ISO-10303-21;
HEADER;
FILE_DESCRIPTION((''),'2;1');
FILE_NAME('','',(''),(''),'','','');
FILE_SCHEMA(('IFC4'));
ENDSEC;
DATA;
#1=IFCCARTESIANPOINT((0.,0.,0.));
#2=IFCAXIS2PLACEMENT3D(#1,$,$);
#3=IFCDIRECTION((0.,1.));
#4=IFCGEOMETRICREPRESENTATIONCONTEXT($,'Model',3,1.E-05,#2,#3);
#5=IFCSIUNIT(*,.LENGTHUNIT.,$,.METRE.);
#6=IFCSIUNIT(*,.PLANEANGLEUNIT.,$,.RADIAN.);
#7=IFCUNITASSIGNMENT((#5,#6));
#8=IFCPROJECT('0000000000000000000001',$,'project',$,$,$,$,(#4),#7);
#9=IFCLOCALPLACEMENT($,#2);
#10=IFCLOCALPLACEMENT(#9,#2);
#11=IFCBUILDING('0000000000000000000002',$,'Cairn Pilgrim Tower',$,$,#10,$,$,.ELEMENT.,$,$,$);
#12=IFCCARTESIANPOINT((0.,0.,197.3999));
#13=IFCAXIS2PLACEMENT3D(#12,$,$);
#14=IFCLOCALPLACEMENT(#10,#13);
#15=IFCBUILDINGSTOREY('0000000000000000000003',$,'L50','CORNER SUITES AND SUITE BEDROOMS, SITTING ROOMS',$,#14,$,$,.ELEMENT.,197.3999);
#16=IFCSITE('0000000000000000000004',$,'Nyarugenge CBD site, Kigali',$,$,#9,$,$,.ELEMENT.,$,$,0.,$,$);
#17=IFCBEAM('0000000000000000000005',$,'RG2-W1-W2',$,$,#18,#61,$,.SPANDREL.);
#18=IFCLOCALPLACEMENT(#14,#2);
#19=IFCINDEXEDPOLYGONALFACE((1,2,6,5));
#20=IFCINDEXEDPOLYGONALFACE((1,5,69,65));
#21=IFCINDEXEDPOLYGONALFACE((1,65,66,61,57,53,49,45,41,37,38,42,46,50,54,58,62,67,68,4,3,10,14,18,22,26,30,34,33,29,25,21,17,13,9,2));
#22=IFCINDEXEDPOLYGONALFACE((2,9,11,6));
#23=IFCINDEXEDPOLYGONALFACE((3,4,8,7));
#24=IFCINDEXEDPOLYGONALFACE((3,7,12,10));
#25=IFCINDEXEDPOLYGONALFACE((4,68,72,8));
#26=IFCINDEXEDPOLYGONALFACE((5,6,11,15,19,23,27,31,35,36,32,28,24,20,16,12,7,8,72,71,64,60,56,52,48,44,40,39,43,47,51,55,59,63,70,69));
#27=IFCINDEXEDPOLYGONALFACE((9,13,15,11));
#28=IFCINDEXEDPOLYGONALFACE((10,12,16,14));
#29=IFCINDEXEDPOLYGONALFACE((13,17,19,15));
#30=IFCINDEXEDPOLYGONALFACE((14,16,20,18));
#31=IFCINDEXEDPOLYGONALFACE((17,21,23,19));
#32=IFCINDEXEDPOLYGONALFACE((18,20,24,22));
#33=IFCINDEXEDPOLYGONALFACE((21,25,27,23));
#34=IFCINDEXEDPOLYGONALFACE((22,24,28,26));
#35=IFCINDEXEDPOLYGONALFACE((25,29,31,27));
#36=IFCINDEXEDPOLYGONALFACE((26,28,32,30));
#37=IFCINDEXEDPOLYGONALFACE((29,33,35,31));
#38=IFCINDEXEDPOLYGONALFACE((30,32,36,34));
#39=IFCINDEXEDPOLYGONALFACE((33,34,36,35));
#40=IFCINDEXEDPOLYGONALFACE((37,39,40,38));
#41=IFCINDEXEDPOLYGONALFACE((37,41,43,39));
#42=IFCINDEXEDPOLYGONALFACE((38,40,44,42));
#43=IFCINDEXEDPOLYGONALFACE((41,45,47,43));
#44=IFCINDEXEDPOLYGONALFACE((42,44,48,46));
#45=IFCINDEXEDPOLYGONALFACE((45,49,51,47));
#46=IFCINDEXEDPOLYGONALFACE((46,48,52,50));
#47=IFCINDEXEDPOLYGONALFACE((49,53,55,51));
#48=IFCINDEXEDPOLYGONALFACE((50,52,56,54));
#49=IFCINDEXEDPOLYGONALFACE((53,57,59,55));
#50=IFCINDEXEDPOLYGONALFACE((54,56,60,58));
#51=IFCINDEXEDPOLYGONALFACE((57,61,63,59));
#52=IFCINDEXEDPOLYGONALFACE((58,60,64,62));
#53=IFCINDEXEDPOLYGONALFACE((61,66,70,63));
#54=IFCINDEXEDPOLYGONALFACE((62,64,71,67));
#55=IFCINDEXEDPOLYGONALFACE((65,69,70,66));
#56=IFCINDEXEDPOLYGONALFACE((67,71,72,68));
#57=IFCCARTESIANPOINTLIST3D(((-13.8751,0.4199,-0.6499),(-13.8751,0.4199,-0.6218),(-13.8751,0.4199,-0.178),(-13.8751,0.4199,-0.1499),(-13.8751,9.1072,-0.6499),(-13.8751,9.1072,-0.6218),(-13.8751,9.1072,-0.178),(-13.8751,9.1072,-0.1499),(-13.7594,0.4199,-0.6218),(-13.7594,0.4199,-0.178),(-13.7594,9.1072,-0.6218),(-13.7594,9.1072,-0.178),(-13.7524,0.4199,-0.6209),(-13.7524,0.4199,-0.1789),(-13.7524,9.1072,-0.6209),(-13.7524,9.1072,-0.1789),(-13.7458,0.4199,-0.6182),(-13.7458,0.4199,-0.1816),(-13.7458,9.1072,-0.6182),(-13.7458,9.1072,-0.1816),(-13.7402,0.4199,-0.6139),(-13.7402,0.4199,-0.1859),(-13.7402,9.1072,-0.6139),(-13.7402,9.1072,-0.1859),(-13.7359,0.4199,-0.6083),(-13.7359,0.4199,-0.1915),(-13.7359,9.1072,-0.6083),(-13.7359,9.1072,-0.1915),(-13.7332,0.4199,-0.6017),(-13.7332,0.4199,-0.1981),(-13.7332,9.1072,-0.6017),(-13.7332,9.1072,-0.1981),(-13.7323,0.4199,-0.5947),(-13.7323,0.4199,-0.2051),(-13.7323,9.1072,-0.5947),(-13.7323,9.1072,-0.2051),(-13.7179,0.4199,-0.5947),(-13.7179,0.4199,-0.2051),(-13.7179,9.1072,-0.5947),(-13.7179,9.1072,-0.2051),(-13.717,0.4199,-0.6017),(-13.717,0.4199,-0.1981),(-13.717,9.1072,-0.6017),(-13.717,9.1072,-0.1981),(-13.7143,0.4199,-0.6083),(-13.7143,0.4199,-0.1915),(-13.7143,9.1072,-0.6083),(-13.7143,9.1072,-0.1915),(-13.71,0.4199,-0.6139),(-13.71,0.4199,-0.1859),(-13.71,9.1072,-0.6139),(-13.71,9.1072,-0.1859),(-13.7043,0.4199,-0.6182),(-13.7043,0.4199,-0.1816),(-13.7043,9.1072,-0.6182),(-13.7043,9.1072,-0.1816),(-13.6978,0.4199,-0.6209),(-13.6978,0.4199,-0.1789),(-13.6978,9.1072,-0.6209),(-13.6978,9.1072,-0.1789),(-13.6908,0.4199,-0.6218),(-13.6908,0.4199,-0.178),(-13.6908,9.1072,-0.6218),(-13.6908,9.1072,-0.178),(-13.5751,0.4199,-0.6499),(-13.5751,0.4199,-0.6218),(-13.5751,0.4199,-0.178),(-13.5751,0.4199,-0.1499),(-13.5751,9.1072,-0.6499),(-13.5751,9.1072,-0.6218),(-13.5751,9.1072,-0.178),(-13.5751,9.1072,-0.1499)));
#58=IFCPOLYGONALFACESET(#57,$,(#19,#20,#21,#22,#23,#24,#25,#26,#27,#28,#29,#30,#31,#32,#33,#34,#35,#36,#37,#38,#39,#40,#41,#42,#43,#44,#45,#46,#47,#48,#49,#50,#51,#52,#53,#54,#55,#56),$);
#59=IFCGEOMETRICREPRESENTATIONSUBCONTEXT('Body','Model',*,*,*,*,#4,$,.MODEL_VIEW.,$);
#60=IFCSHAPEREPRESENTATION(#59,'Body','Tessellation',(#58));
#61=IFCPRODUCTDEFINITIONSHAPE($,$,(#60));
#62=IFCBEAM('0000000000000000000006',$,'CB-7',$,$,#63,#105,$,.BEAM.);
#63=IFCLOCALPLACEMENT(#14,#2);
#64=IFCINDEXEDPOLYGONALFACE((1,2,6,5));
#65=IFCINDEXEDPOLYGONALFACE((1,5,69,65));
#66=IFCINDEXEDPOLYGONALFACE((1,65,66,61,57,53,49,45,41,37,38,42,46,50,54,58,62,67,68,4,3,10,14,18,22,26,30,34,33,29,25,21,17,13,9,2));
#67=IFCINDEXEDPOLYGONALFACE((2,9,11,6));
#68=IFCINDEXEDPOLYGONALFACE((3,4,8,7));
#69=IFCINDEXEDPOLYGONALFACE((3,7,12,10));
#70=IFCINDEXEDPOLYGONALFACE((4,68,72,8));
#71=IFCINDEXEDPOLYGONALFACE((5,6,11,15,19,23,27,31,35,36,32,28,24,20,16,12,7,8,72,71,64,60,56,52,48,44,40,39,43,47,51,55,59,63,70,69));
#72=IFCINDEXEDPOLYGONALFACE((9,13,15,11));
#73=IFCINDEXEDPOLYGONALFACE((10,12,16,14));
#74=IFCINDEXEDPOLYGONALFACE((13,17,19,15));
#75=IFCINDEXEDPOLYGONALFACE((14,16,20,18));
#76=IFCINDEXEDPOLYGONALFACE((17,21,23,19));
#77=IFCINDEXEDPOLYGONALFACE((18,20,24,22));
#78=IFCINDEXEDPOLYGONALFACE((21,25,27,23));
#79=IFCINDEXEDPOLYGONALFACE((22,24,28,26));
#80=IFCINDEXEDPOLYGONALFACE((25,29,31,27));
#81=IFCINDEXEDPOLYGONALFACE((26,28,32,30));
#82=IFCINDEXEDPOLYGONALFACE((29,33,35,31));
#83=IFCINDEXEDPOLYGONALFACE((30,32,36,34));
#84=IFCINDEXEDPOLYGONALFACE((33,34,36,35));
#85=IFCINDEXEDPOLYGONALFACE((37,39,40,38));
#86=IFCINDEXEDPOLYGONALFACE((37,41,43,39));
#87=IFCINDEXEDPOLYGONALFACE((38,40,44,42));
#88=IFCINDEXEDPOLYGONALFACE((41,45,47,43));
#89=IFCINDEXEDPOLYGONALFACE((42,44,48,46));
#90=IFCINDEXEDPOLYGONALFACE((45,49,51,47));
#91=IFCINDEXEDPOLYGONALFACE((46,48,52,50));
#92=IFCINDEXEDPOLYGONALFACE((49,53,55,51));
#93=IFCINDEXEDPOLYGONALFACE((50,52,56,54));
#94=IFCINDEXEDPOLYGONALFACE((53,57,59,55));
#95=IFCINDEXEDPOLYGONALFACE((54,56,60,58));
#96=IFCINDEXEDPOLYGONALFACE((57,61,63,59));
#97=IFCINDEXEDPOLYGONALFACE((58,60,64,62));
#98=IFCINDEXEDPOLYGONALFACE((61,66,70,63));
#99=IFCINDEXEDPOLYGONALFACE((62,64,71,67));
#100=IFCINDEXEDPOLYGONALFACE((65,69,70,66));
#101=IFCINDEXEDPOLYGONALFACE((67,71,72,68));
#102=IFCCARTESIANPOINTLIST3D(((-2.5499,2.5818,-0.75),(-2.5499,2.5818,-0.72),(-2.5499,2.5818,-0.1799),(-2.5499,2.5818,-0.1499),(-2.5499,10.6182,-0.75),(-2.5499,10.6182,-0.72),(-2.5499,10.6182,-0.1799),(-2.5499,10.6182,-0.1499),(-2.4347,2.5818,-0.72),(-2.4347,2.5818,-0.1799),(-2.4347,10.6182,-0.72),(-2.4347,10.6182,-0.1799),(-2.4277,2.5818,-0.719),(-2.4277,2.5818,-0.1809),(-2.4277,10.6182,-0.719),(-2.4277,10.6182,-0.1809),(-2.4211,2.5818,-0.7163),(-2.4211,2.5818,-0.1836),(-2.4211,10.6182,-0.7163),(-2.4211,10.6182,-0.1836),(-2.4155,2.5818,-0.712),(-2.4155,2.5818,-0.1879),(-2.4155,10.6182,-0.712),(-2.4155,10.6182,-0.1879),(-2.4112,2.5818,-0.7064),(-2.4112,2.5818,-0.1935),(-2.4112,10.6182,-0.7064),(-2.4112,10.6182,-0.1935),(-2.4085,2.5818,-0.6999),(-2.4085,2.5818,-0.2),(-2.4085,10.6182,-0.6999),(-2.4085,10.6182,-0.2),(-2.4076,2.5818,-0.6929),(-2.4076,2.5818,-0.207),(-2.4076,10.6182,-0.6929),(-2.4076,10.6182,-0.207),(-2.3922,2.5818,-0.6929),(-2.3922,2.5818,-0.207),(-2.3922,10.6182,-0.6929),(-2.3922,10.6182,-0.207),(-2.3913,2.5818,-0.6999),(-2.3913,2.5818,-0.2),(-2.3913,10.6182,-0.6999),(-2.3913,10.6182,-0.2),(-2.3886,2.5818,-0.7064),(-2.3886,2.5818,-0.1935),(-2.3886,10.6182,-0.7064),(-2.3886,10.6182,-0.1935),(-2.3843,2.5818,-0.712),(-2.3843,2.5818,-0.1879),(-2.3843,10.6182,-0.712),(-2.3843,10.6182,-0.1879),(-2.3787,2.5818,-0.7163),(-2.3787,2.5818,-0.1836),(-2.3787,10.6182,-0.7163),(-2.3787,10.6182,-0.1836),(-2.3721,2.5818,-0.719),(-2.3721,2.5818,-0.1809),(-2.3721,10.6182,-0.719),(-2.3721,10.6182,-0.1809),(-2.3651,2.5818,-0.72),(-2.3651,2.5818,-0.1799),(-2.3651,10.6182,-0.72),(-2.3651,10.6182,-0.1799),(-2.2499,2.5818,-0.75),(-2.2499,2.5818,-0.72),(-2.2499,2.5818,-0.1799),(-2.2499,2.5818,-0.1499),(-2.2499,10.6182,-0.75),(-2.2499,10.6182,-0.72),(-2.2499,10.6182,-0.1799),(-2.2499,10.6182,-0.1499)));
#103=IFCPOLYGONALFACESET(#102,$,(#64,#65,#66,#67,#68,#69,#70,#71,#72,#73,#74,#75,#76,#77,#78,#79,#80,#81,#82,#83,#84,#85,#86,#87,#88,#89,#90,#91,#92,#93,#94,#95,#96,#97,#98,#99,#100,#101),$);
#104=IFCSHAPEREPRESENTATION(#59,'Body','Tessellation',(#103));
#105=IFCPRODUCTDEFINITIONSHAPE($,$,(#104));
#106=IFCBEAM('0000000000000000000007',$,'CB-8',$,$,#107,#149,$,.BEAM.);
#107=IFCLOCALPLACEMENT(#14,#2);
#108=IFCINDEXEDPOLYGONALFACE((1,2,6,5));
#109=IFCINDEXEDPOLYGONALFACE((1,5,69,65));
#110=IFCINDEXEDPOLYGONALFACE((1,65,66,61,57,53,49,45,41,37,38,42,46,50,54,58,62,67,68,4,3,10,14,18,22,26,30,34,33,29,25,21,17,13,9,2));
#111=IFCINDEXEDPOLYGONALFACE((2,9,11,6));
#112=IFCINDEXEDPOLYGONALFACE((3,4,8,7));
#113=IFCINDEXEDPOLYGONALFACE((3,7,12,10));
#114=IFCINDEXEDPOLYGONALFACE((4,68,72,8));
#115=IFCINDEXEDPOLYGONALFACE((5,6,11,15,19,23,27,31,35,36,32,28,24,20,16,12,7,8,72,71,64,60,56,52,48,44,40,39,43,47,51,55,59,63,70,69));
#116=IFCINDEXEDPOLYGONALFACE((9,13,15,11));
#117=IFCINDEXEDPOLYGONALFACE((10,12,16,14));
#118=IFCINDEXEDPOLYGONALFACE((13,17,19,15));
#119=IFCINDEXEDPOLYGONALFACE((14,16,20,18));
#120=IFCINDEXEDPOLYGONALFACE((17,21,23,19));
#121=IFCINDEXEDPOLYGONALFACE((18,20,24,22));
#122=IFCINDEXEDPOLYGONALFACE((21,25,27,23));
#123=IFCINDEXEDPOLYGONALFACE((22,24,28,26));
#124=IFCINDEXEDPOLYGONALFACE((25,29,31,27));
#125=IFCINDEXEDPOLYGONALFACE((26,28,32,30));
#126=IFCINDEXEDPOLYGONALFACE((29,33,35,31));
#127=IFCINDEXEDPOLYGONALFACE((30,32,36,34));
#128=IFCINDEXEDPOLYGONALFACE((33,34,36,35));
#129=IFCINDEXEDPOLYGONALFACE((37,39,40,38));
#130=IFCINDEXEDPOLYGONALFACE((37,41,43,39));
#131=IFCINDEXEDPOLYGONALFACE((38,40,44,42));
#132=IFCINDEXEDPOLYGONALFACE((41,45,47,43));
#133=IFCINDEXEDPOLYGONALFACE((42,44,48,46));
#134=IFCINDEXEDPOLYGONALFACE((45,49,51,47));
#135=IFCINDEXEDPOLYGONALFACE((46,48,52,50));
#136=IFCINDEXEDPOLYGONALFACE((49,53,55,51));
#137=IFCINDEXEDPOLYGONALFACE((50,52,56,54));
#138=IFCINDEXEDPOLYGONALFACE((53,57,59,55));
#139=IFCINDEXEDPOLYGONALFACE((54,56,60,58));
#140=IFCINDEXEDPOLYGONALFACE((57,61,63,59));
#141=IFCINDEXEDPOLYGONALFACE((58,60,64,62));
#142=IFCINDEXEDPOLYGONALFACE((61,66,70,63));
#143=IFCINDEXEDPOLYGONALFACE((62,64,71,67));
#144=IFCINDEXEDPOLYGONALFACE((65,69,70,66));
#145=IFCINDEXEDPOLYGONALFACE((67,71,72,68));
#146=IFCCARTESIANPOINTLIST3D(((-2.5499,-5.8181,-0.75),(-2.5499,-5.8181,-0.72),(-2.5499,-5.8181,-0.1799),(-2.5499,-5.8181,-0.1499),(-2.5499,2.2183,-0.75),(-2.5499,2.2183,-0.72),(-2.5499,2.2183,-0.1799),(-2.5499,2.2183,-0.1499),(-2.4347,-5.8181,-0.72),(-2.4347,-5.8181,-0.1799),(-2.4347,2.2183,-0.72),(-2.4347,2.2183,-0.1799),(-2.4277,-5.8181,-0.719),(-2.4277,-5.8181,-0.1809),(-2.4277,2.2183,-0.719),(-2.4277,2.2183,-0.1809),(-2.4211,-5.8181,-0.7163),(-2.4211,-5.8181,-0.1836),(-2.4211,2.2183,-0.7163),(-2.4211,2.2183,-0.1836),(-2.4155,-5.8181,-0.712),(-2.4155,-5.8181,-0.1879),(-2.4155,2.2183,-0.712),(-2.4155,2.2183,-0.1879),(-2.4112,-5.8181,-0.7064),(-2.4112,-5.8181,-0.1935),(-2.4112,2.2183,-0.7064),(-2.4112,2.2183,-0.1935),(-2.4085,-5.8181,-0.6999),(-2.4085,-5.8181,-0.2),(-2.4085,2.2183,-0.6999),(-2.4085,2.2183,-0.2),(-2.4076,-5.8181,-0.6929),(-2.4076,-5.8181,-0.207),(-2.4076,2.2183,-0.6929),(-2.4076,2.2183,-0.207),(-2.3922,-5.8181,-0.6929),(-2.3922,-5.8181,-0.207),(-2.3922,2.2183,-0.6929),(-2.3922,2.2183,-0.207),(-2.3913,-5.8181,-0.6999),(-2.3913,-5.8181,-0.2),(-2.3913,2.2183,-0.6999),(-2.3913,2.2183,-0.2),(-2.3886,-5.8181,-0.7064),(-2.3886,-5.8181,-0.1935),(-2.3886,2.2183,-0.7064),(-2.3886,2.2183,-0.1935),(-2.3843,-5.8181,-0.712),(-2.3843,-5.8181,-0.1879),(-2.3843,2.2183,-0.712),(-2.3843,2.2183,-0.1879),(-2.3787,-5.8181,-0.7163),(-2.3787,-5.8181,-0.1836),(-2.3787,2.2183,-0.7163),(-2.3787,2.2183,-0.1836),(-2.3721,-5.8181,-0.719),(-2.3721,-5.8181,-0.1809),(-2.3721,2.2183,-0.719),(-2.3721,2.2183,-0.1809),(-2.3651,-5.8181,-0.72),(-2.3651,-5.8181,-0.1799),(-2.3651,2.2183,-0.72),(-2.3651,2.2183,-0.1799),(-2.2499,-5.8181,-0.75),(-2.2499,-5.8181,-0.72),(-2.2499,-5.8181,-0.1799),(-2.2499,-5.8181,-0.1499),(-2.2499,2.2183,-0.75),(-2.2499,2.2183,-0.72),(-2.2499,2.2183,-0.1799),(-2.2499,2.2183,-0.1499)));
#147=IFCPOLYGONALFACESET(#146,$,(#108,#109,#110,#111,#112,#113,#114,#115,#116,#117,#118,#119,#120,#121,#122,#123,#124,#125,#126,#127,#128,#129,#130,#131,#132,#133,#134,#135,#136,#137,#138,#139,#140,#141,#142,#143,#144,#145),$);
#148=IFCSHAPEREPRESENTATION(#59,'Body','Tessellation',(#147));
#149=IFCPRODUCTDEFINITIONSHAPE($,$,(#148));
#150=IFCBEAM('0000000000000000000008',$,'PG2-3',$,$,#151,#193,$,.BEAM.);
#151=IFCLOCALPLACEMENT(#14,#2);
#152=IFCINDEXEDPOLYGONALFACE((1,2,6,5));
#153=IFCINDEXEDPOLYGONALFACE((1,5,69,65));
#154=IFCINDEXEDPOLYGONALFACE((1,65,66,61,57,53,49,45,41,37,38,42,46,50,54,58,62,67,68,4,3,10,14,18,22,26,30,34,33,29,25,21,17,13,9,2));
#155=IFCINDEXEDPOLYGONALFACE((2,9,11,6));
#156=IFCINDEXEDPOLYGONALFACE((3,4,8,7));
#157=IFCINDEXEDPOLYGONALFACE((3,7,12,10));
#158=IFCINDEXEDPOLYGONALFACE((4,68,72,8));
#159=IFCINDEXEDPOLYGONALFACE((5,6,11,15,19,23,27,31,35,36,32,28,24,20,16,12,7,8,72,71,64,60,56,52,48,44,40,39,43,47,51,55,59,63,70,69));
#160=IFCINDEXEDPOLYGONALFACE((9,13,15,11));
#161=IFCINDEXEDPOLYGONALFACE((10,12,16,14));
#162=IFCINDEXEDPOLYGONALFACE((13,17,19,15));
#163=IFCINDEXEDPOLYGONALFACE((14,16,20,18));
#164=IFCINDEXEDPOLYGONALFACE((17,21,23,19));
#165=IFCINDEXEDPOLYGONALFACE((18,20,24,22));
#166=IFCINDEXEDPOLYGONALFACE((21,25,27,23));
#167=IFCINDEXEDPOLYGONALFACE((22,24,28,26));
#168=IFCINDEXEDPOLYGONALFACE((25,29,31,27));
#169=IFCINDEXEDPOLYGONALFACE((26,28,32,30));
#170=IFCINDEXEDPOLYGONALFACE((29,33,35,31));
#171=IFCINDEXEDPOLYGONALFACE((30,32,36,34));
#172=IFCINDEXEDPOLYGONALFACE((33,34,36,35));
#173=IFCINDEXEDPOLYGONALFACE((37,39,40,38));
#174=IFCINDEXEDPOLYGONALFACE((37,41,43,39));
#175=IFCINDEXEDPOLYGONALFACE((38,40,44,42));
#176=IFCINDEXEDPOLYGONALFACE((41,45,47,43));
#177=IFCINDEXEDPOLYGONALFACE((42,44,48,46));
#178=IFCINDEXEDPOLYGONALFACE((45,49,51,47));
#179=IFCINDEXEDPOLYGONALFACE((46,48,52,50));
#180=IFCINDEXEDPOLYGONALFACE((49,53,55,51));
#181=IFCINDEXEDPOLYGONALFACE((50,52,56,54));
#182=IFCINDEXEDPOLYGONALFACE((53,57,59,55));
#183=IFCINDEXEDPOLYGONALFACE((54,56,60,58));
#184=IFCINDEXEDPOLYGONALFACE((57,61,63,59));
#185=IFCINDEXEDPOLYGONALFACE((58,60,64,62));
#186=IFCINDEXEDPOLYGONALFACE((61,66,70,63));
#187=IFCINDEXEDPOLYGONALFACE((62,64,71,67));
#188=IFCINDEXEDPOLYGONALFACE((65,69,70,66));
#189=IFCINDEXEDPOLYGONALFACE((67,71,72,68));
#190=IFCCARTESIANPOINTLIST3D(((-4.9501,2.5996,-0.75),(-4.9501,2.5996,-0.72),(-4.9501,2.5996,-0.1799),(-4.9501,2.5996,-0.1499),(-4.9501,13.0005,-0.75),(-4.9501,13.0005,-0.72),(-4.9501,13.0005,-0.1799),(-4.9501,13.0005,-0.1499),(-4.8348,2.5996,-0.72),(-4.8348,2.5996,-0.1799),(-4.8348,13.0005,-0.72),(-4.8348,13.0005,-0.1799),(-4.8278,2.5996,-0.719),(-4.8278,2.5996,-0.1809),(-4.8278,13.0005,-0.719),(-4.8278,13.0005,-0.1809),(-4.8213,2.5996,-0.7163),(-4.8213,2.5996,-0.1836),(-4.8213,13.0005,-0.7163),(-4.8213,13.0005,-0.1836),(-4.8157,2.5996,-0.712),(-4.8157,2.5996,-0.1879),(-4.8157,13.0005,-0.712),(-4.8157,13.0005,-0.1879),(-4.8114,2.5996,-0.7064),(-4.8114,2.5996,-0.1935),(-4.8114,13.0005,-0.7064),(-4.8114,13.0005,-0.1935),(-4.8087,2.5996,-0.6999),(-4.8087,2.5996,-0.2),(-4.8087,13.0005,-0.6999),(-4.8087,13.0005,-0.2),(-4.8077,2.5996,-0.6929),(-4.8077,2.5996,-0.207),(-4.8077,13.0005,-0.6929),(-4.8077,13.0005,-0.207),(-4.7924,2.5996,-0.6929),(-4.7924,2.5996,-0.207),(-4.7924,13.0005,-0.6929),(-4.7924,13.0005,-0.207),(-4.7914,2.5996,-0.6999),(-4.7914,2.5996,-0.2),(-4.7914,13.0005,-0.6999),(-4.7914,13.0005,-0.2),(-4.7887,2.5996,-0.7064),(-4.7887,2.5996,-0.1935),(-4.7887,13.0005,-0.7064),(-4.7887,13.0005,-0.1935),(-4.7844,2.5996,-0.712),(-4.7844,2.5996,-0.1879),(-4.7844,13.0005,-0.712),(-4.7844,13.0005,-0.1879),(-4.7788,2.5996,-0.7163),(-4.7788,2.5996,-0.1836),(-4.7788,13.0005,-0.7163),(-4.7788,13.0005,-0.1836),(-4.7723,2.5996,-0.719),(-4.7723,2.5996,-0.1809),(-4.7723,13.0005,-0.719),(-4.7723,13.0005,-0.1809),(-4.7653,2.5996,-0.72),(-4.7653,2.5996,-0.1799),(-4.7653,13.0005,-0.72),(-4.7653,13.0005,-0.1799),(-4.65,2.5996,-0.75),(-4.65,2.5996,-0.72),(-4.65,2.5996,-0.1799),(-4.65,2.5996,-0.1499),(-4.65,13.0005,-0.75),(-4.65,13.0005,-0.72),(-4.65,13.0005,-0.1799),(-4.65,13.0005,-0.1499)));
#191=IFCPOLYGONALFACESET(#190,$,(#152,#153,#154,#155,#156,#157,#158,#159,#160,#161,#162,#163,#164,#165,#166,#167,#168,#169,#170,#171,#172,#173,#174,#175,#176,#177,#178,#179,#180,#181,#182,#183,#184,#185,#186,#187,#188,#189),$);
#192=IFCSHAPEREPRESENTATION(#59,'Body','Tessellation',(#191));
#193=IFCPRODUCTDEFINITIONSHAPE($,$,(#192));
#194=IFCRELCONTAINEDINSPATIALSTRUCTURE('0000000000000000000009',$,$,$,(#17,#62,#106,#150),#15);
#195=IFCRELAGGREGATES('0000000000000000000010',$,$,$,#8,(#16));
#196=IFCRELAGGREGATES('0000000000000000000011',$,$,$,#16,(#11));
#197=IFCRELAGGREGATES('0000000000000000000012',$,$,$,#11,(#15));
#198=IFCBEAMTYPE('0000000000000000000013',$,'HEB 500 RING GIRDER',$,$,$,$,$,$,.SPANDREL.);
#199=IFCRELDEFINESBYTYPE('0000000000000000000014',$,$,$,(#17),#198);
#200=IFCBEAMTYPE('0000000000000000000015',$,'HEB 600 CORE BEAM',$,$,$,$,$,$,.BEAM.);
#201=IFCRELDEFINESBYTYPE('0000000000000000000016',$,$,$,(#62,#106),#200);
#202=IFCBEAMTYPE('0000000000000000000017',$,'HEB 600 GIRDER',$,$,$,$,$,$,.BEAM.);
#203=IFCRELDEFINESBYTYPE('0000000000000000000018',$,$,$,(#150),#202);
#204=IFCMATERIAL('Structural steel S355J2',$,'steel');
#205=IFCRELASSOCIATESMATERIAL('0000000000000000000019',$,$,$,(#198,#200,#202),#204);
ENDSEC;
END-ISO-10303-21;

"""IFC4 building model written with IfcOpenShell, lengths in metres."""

from ifc_helpers import new_model, si_unit, direction, frame, origin, origin_2d, place, context, subcontext, project, spatial, i_section, extrude, material, material_profile, profile_set, type_object, element, save


model = new_model("IFC4")

# Units and contexts
model_context = context("Model", 3, precision=1e-05, world=origin(), true_north=direction((0.0, 1.0)))
body_context = subcontext(model_context, "Body", "Model", "MODEL_VIEW")
ifc_project = project(units=[si_unit("LENGTHUNIT", "METRE"), si_unit("PLANEANGLEUNIT", "RADIAN")], contexts=[model_context])

# Site, building, storey
site_placement = place(None, origin())
site = spatial("IfcSite", under=ifc_project, at=site_placement, Name="Nyarugenge CBD site, Kigali", CompositionType="ELEMENT", RefElevation=0.0)
building_placement = place(site_placement, origin())
building = spatial("IfcBuilding", under=site, at=building_placement, Name="Cairn Pilgrim Tower", CompositionType="ELEMENT")
storey_placement = place(building_placement, frame((0.0, 0.0, 197.3999)))
storey = spatial("IfcBuildingStorey", under=building, at=storey_placement, Name="L50", Description="CORNER SUITES AND SUITE BEDROOMS, SITTING ROOMS", CompositionType="ELEMENT", Elevation=197.3999)

# Shared definitions
ifc_material_1 = material(Name="Structural steel S355J2", Category="steel")

# Beams
ifc_material_profile_1 = material_profile(ifc_material_1, i_section(OverallWidth=0.3, OverallDepth=0.5, WebThickness=0.0144, FlangeThickness=0.0281, FilletRadius=0.0271, at=origin_2d()), Name="HEB 500")
ifc_profile_set_1 = profile_set([ifc_material_profile_1], Name="Structural steel S355J2")
beam_type_1 = type_object("IfcBeamType", Name="HEB 500 RING GIRDER", PredefinedType="SPANDREL", material=ifc_profile_set_1)
beam_1_placement = place(storey_placement, frame((-13.7251, 9.1072, -0.3999), z_axis=(0.0, -1.0, 0.0), x_axis=(1.0, 0.0, 0.0)))
element("IfcBeam", 1, at=beam_1_placement, inside=storey, type_object=beam_type_1, Name="RG2-W1-W2", PredefinedType="SPANDREL", context=body_context, shape_type="SweptSolid", body=[
    extrude(i_section(OverallWidth=0.3, OverallDepth=0.5, WebThickness=0.0144, FlangeThickness=0.0281, FilletRadius=0.0271, at=origin_2d()), origin(), (0.0, 0.0, 1.0), 8.6873),
])
ifc_material_profile_2 = material_profile(ifc_material_1, i_section(OverallWidth=0.3, OverallDepth=0.6001, WebThickness=0.0154, FlangeThickness=0.03, FilletRadius=0.0271, at=origin_2d()), Name="HEB 600")
ifc_profile_set_2 = profile_set([ifc_material_profile_2], Name="Structural steel S355J2")
beam_type_2 = type_object("IfcBeamType", Name="HEB 600 CORE BEAM", PredefinedType="BEAM", material=ifc_profile_set_2)
for number, where, z_axis, x_axis, name in (
    (2, (-2.3999, 10.6182, -0.45), (0.0, -1.0, 0.0), (1.0, 0.0, 0.0), "CB-7"),
    (3, (-2.3999, 2.2183, -0.45), (0.0, -1.0, 0.0), (1.0, 0.0, 0.0), "CB-8"),
):
    element("IfcBeam", number, at=place(storey_placement, frame(where, z_axis=z_axis, x_axis=x_axis)), inside=storey, type_object=beam_type_2, Name=name, PredefinedType="BEAM", context=body_context, shape_type="SweptSolid", body=[
        extrude(i_section(OverallWidth=0.3, OverallDepth=0.6001, WebThickness=0.0154, FlangeThickness=0.03, FilletRadius=0.0271, at=origin_2d()), origin(), (0.0, 0.0, 1.0), 8.0364),
    ])
ifc_material_profile_3 = material_profile(ifc_material_1, i_section(OverallWidth=0.3, OverallDepth=0.6001, WebThickness=0.0154, FlangeThickness=0.03, FilletRadius=0.0271, at=origin_2d()), Name="HEB 600")
ifc_profile_set_3 = profile_set([ifc_material_profile_3], Name="Structural steel S355J2")
beam_type_3 = type_object("IfcBeamType", Name="HEB 600 GIRDER", PredefinedType="BEAM", material=ifc_profile_set_3)
beam_2_placement = place(storey_placement, frame((-4.8, 2.5996, -0.45), z_axis=(0.0, 1.0, 0.0), x_axis=(-1.0, 0.0, 0.0)))
element("IfcBeam", 4, at=beam_2_placement, inside=storey, type_object=beam_type_3, Name="PG2-3", PredefinedType="BEAM", context=body_context, shape_type="SweptSolid", body=[
    extrude(i_section(OverallWidth=0.3, OverallDepth=0.6001, WebThickness=0.0154, FlangeThickness=0.03, FilletRadius=0.0271, at=origin_2d()), origin(), (0.0, 0.0, 1.0), 10.4009),
])

save(model, "model.ifc")
